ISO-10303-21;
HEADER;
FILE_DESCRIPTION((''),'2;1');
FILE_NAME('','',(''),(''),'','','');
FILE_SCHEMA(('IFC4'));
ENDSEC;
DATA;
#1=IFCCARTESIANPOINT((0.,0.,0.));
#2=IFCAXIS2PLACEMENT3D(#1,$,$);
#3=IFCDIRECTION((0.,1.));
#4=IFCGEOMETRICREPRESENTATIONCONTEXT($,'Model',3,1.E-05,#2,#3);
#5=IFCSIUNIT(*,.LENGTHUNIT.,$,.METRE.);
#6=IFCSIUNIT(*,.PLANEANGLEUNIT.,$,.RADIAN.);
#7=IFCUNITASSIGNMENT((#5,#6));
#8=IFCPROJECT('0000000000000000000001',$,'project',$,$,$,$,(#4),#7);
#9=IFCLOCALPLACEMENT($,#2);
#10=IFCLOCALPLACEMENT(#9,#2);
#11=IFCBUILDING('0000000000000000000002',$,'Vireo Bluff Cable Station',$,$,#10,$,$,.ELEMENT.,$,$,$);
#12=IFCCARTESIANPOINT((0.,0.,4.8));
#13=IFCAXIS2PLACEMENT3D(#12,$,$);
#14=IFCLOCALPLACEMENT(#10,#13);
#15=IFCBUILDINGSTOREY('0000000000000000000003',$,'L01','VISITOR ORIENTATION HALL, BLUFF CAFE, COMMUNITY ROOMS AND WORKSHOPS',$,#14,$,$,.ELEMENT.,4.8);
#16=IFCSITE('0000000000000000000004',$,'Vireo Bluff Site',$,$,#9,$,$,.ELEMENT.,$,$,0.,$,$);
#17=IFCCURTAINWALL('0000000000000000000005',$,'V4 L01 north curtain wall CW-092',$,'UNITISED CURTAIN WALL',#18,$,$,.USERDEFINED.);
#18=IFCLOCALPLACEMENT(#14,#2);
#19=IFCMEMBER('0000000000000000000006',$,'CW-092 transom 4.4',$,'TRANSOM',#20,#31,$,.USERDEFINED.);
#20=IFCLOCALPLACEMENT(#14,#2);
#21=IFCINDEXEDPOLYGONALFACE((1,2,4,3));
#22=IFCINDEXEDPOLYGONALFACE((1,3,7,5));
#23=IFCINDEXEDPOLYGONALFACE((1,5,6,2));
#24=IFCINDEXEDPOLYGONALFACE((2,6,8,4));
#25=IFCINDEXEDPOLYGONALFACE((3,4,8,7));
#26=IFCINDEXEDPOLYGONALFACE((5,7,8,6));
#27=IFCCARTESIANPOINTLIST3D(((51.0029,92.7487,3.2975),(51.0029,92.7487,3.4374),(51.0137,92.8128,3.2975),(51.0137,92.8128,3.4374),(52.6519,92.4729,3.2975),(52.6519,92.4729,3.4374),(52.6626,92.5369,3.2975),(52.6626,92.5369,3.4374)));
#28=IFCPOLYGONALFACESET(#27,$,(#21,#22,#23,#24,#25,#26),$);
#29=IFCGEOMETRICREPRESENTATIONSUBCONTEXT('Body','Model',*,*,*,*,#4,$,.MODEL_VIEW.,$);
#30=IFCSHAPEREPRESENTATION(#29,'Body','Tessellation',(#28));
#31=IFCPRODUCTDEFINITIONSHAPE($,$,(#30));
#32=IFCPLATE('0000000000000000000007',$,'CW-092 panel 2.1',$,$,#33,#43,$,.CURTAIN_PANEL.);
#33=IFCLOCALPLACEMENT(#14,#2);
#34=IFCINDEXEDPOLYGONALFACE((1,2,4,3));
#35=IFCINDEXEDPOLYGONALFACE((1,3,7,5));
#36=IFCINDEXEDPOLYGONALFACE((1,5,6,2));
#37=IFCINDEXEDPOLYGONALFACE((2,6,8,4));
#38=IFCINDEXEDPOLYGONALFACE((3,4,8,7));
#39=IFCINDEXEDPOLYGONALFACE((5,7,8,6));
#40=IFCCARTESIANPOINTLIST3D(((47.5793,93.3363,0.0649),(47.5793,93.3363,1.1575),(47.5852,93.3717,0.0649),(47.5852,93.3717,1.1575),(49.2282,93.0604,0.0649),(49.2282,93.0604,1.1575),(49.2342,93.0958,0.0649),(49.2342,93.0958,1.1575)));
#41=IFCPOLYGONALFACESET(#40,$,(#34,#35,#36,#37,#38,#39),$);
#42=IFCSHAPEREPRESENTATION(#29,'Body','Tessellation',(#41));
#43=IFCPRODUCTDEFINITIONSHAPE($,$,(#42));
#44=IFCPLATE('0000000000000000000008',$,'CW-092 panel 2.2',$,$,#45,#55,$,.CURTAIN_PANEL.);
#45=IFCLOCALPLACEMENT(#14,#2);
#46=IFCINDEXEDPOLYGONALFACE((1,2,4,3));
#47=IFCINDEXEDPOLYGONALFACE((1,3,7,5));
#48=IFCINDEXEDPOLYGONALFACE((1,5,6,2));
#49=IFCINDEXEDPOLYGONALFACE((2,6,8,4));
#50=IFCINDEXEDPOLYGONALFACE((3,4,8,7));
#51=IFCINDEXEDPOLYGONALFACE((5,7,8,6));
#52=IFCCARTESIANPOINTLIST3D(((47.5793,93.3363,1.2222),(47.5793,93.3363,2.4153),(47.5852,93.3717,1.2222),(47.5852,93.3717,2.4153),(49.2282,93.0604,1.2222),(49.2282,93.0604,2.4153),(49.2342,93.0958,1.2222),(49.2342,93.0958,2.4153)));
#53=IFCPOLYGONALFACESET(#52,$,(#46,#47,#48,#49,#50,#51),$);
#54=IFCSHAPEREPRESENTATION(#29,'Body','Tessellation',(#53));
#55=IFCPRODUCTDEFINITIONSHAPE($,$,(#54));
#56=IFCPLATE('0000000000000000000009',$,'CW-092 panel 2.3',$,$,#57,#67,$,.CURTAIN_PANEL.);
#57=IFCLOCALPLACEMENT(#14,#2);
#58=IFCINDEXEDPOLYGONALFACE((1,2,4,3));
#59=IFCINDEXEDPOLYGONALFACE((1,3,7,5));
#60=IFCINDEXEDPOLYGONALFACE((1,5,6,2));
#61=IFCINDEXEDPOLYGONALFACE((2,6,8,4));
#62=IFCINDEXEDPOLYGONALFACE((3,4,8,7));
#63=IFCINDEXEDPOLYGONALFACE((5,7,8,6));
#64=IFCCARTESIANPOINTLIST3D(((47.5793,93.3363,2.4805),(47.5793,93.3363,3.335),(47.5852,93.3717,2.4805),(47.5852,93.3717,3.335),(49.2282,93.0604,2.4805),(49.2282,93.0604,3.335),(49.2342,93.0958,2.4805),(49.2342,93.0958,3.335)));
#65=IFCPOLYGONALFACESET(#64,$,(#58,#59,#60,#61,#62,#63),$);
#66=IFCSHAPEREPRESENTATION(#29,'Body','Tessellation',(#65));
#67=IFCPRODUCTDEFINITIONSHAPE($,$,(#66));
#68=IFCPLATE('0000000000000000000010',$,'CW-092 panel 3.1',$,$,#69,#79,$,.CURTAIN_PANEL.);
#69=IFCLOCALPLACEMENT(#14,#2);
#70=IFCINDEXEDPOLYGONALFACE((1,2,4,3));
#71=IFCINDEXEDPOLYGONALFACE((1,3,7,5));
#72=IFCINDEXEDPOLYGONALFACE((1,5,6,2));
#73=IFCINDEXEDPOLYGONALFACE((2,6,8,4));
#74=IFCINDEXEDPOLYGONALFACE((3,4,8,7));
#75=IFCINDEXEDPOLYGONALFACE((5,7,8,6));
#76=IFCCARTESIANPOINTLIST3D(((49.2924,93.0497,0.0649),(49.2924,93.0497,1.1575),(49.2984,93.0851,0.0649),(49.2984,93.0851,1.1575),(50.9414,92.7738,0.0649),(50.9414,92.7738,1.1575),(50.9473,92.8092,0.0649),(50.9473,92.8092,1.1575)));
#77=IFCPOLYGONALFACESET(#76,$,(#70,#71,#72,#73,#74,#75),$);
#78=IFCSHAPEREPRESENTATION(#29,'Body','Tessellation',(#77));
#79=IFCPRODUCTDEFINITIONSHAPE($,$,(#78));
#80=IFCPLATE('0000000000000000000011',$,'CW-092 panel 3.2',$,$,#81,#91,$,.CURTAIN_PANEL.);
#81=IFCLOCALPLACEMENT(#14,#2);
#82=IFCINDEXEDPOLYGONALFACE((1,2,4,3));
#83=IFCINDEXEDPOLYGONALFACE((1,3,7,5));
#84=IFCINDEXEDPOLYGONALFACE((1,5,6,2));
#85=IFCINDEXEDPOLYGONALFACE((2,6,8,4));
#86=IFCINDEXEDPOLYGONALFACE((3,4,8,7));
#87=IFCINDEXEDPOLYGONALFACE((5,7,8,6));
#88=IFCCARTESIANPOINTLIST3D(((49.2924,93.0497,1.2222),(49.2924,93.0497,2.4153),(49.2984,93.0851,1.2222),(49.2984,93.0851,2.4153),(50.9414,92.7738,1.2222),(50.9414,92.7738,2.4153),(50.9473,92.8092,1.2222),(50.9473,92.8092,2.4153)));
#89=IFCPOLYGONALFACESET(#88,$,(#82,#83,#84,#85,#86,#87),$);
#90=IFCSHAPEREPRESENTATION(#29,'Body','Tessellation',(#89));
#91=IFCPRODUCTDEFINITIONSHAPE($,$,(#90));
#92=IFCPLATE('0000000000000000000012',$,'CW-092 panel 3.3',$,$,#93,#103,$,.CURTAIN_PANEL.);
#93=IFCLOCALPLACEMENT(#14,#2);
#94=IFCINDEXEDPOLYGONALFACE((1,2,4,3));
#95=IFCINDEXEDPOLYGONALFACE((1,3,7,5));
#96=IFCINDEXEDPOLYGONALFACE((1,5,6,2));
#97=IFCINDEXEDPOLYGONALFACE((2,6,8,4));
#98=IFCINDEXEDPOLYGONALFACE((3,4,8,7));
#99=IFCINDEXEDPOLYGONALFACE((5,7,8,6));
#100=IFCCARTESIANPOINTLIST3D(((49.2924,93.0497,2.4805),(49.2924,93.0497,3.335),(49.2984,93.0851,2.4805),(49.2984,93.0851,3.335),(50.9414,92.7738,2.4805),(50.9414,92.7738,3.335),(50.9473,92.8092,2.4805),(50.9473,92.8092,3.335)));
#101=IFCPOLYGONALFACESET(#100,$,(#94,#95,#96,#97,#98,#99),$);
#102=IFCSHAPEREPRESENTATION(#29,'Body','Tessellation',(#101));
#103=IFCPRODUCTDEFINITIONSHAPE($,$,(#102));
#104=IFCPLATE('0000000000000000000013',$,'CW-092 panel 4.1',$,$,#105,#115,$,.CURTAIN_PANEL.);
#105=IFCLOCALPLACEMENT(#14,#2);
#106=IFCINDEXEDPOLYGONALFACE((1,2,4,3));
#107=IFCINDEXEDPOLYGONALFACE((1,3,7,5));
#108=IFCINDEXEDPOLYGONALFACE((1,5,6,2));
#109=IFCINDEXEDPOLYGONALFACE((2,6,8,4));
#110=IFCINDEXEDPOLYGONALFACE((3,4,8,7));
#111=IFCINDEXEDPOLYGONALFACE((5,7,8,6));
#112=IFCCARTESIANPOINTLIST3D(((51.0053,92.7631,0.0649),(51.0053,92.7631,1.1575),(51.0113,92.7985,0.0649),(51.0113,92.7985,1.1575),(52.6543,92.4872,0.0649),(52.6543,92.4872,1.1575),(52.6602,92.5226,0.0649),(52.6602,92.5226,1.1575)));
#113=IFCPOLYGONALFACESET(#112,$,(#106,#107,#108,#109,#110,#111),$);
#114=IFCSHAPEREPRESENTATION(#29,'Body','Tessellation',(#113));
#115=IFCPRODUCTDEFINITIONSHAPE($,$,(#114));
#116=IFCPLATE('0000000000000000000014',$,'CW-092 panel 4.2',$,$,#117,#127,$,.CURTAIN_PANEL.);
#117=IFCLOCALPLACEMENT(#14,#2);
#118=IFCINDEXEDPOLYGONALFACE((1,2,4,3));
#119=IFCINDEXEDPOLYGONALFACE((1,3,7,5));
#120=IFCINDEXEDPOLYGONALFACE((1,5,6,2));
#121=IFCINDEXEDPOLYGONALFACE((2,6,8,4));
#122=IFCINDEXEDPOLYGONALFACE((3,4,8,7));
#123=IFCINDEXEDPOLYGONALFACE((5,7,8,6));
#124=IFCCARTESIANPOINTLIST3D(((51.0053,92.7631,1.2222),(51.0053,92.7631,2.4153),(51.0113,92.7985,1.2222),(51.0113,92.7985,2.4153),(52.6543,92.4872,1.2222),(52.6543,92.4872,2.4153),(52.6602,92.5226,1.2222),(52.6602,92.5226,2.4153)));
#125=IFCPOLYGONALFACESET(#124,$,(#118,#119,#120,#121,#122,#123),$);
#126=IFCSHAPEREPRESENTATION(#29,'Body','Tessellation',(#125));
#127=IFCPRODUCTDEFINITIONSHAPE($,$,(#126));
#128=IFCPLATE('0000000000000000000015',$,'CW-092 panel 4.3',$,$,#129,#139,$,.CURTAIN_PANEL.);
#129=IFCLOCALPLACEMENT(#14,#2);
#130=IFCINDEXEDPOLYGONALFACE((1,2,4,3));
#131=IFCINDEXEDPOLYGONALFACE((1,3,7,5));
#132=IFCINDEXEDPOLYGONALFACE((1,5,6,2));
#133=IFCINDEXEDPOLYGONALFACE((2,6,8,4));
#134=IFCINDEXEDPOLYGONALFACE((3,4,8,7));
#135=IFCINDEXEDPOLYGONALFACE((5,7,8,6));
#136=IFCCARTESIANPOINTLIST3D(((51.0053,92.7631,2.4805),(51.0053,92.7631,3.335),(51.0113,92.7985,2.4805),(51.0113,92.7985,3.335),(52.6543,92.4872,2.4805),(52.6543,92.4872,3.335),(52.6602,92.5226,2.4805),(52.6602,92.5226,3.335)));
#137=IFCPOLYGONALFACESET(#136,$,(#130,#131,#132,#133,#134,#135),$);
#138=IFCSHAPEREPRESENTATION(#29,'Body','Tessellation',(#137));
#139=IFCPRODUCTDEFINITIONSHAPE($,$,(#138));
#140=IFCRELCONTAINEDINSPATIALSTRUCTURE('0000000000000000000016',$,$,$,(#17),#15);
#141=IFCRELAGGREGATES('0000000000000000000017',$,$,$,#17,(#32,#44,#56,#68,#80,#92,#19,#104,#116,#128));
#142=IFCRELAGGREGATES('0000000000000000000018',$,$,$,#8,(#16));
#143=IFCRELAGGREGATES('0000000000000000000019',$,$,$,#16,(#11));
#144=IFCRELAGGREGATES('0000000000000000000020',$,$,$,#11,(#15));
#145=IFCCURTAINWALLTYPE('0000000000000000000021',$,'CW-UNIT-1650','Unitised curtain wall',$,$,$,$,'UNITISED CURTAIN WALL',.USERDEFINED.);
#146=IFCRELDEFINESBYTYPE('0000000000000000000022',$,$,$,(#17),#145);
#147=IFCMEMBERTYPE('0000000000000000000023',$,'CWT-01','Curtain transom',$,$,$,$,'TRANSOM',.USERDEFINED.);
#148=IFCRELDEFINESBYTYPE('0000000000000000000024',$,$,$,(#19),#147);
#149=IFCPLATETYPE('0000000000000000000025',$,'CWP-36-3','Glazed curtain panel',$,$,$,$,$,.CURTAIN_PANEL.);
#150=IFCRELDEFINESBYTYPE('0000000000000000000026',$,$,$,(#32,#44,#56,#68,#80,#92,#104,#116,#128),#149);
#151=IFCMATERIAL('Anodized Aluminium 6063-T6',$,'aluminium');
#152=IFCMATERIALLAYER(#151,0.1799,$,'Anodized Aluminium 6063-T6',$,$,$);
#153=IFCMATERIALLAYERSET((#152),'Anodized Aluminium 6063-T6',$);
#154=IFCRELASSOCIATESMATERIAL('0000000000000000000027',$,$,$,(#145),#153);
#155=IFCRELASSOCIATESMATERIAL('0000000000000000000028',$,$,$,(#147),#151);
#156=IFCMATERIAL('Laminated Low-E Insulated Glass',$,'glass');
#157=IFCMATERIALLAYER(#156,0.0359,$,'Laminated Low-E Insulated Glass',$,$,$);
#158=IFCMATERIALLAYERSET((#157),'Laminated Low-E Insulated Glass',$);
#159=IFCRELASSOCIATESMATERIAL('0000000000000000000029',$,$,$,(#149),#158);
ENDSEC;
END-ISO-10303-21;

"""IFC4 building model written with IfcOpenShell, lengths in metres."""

from ifc_helpers import new_model, si_unit, direction, frame, origin, origin_2d, place, context, subcontext, project, spatial, rectangle, extrude, material, layer, layer_set, material_profile, profile_set, type_object, element, aggregate, save


model = new_model("IFC4")

# Units and contexts
model_context = context("Model", 3, precision=1e-05, world=origin(), true_north=direction((0.0, 1.0)))
body_context = subcontext(model_context, "Body", "Model", "MODEL_VIEW")
ifc_project = project(units=[si_unit("LENGTHUNIT", "METRE"), si_unit("PLANEANGLEUNIT", "RADIAN")], contexts=[model_context])

# Site, building, storey
site_placement = place(None, origin())
site = spatial("IfcSite", under=ifc_project, at=site_placement, Name="Vireo Bluff Site", CompositionType="ELEMENT", RefElevation=0.0)
building_placement = place(site_placement, origin())
building = spatial("IfcBuilding", under=site, at=building_placement, Name="Vireo Bluff Cable Station", CompositionType="ELEMENT")
storey_placement = place(building_placement, frame((0.0, 0.0, 4.8)))
storey = spatial("IfcBuildingStorey", under=building, at=storey_placement, Name="L01", Description="VISITOR ORIENTATION HALL, BLUFF CAFE, COMMUNITY ROOMS AND WORKSHOPS", CompositionType="ELEMENT", Elevation=4.8)

# Curtain wall, member, plates
ifc_material_1 = material(Name="Anodized Aluminium 6063-T6", Category="aluminium")
ifc_layer_1 = layer(ifc_material_1, 0.1799, Name="Anodized Aluminium 6063-T6")
ifc_layer_set_1 = layer_set([ifc_layer_1], Name="Anodized Aluminium 6063-T6")
curtain_wall_type = type_object("IfcCurtainWallType", Name="CW-UNIT-1650", Description="Unitised curtain wall", ElementType="UNITISED CURTAIN WALL", PredefinedType="USERDEFINED", material=ifc_layer_set_1)
curtain_wall_placement = place(storey_placement, origin())
curtain_wall = element("IfcCurtainWall", 1, at=curtain_wall_placement, inside=storey, type_object=curtain_wall_type, Name="V4 L01 north curtain wall CW-092", ObjectType="UNITISED CURTAIN WALL", PredefinedType="USERDEFINED")
ifc_material_profile_1 = material_profile(ifc_material_1, rectangle(XDim=0.0649, YDim=0.1399, at=origin_2d()), Name="ALU-T-65X140")
ifc_profile_set_1 = profile_set([ifc_material_profile_1], Name="Anodized Aluminium 6063-T6")
member_type_1 = type_object("IfcMemberType", Name="CWT-01", Description="Curtain transom", ElementType="TRANSOM", PredefinedType="USERDEFINED", material=ifc_profile_set_1)
member_1_placement = place(storey_placement, frame((51.0083, 92.7808, 3.3674), z_axis=(0.986291, -0.165015, 0.0), x_axis=(0.165015, 0.986291, 0.0)))
member_1 = element("IfcMember", 2, at=member_1_placement, type_object=member_type_1, Name="CW-092 transom 4.4", ObjectType="TRANSOM", PredefinedType="USERDEFINED", context=body_context, shape_type="SweptSolid", body=[
    extrude(rectangle(XDim=0.0649, YDim=0.1399, at=origin_2d()), origin(), (0.0, 0.0, 1.0), 1.6719),
])
ifc_material_2 = material(Name="Laminated Low-E Insulated Glass", Category="glass")
ifc_layer_2 = layer(ifc_material_2, 0.0359, Name="Laminated Low-E Insulated Glass")
ifc_layer_set_2 = layer_set([ifc_layer_2], Name="Laminated Low-E Insulated Glass")
plate_type = type_object("IfcPlateType", Name="CWP-36-3", Description="Glazed curtain panel", PredefinedType="CURTAIN_PANEL", material=ifc_layer_set_2)
plate_1_placement = place(storey_placement, frame((48.4067, 93.2161, 0.0649), z_axis=(0.0, 0.0, 1.0), x_axis=(0.986286, -0.165048, 0.0)))
plate_1 = element("IfcPlate", 3, at=plate_1_placement, type_object=plate_type, Name="CW-092 panel 2.1", PredefinedType="CURTAIN_PANEL", context=body_context, shape_type="SweptSolid", body=[
    extrude(rectangle(XDim=1.6719, YDim=0.0359, at=origin_2d()), origin(), (0.0, 0.0, 1.0), 1.0925),
])
plate_2_placement = place(storey_placement, frame((48.4067, 93.2161, 1.2222), z_axis=(0.0, 0.0, 1.0), x_axis=(0.986286, -0.165048, 0.0)))
plate_2 = element("IfcPlate", 4, at=plate_2_placement, type_object=plate_type, Name="CW-092 panel 2.2", PredefinedType="CURTAIN_PANEL", context=body_context, shape_type="SweptSolid", body=[
    extrude(rectangle(XDim=1.6719, YDim=0.0359, at=origin_2d()), origin(), (0.0, 0.0, 1.0), 1.1931),
])
plate_3_placement = place(storey_placement, frame((48.4067, 93.2161, 2.4805), z_axis=(0.0, 0.0, 1.0), x_axis=(0.986286, -0.165048, 0.0)))
plate_3 = element("IfcPlate", 5, at=plate_3_placement, type_object=plate_type, Name="CW-092 panel 2.3", PredefinedType="CURTAIN_PANEL", context=body_context, shape_type="SweptSolid", body=[
    extrude(rectangle(XDim=1.6719, YDim=0.0359, at=origin_2d()), origin(), (0.0, 0.0, 1.0), 0.8545),
])
plate_4_placement = place(storey_placement, frame((50.1199, 92.9294, 0.0649), z_axis=(0.0, 0.0, 1.0), x_axis=(0.986286, -0.165048, 0.0)))
plate_4 = element("IfcPlate", 6, at=plate_4_placement, type_object=plate_type, Name="CW-092 panel 3.1", PredefinedType="CURTAIN_PANEL", context=body_context, shape_type="SweptSolid", body=[
    extrude(rectangle(XDim=1.6719, YDim=0.0359, at=origin_2d()), origin(), (0.0, 0.0, 1.0), 1.0925),
])
plate_5_placement = place(storey_placement, frame((50.1199, 92.9294, 1.2222), z_axis=(0.0, 0.0, 1.0), x_axis=(0.986286, -0.165048, 0.0)))
plate_5 = element("IfcPlate", 7, at=plate_5_placement, type_object=plate_type, Name="CW-092 panel 3.2", PredefinedType="CURTAIN_PANEL", context=body_context, shape_type="SweptSolid", body=[
    extrude(rectangle(XDim=1.6719, YDim=0.0359, at=origin_2d()), origin(), (0.0, 0.0, 1.0), 1.1931),
])
plate_6_placement = place(storey_placement, frame((50.1199, 92.9294, 2.4805), z_axis=(0.0, 0.0, 1.0), x_axis=(0.986286, -0.165048, 0.0)))
plate_6 = element("IfcPlate", 8, at=plate_6_placement, type_object=plate_type, Name="CW-092 panel 3.3", PredefinedType="CURTAIN_PANEL", context=body_context, shape_type="SweptSolid", body=[
    extrude(rectangle(XDim=1.6719, YDim=0.0359, at=origin_2d()), origin(), (0.0, 0.0, 1.0), 0.8545),
])
plate_7_placement = place(storey_placement, frame((51.8328, 92.6428, 0.0649), z_axis=(0.0, 0.0, 1.0), x_axis=(0.986286, -0.165048, 0.0)))
plate_7 = element("IfcPlate", 9, at=plate_7_placement, type_object=plate_type, Name="CW-092 panel 4.1", PredefinedType="CURTAIN_PANEL", context=body_context, shape_type="SweptSolid", body=[
    extrude(rectangle(XDim=1.6719, YDim=0.0359, at=origin_2d()), origin(), (0.0, 0.0, 1.0), 1.0925),
])
plate_8_placement = place(storey_placement, frame((51.8328, 92.6428, 1.2222), z_axis=(0.0, 0.0, 1.0), x_axis=(0.986286, -0.165048, 0.0)))
plate_8 = element("IfcPlate", 10, at=plate_8_placement, type_object=plate_type, Name="CW-092 panel 4.2", PredefinedType="CURTAIN_PANEL", context=body_context, shape_type="SweptSolid", body=[
    extrude(rectangle(XDim=1.6719, YDim=0.0359, at=origin_2d()), origin(), (0.0, 0.0, 1.0), 1.1931),
])
plate_9_placement = place(storey_placement, frame((51.8328, 92.6428, 2.4805), z_axis=(0.0, 0.0, 1.0), x_axis=(0.986286, -0.165048, 0.0)))
plate_9 = element("IfcPlate", 11, at=plate_9_placement, type_object=plate_type, Name="CW-092 panel 4.3", PredefinedType="CURTAIN_PANEL", context=body_context, shape_type="SweptSolid", body=[
    extrude(rectangle(XDim=1.6719, YDim=0.0359, at=origin_2d()), origin(), (0.0, 0.0, 1.0), 0.8545),
])
aggregate(curtain_wall, [plate_1, plate_2, plate_3, plate_4, plate_5, plate_6, member_1, plate_7, plate_8, plate_9])

save(model, "model.ifc")
